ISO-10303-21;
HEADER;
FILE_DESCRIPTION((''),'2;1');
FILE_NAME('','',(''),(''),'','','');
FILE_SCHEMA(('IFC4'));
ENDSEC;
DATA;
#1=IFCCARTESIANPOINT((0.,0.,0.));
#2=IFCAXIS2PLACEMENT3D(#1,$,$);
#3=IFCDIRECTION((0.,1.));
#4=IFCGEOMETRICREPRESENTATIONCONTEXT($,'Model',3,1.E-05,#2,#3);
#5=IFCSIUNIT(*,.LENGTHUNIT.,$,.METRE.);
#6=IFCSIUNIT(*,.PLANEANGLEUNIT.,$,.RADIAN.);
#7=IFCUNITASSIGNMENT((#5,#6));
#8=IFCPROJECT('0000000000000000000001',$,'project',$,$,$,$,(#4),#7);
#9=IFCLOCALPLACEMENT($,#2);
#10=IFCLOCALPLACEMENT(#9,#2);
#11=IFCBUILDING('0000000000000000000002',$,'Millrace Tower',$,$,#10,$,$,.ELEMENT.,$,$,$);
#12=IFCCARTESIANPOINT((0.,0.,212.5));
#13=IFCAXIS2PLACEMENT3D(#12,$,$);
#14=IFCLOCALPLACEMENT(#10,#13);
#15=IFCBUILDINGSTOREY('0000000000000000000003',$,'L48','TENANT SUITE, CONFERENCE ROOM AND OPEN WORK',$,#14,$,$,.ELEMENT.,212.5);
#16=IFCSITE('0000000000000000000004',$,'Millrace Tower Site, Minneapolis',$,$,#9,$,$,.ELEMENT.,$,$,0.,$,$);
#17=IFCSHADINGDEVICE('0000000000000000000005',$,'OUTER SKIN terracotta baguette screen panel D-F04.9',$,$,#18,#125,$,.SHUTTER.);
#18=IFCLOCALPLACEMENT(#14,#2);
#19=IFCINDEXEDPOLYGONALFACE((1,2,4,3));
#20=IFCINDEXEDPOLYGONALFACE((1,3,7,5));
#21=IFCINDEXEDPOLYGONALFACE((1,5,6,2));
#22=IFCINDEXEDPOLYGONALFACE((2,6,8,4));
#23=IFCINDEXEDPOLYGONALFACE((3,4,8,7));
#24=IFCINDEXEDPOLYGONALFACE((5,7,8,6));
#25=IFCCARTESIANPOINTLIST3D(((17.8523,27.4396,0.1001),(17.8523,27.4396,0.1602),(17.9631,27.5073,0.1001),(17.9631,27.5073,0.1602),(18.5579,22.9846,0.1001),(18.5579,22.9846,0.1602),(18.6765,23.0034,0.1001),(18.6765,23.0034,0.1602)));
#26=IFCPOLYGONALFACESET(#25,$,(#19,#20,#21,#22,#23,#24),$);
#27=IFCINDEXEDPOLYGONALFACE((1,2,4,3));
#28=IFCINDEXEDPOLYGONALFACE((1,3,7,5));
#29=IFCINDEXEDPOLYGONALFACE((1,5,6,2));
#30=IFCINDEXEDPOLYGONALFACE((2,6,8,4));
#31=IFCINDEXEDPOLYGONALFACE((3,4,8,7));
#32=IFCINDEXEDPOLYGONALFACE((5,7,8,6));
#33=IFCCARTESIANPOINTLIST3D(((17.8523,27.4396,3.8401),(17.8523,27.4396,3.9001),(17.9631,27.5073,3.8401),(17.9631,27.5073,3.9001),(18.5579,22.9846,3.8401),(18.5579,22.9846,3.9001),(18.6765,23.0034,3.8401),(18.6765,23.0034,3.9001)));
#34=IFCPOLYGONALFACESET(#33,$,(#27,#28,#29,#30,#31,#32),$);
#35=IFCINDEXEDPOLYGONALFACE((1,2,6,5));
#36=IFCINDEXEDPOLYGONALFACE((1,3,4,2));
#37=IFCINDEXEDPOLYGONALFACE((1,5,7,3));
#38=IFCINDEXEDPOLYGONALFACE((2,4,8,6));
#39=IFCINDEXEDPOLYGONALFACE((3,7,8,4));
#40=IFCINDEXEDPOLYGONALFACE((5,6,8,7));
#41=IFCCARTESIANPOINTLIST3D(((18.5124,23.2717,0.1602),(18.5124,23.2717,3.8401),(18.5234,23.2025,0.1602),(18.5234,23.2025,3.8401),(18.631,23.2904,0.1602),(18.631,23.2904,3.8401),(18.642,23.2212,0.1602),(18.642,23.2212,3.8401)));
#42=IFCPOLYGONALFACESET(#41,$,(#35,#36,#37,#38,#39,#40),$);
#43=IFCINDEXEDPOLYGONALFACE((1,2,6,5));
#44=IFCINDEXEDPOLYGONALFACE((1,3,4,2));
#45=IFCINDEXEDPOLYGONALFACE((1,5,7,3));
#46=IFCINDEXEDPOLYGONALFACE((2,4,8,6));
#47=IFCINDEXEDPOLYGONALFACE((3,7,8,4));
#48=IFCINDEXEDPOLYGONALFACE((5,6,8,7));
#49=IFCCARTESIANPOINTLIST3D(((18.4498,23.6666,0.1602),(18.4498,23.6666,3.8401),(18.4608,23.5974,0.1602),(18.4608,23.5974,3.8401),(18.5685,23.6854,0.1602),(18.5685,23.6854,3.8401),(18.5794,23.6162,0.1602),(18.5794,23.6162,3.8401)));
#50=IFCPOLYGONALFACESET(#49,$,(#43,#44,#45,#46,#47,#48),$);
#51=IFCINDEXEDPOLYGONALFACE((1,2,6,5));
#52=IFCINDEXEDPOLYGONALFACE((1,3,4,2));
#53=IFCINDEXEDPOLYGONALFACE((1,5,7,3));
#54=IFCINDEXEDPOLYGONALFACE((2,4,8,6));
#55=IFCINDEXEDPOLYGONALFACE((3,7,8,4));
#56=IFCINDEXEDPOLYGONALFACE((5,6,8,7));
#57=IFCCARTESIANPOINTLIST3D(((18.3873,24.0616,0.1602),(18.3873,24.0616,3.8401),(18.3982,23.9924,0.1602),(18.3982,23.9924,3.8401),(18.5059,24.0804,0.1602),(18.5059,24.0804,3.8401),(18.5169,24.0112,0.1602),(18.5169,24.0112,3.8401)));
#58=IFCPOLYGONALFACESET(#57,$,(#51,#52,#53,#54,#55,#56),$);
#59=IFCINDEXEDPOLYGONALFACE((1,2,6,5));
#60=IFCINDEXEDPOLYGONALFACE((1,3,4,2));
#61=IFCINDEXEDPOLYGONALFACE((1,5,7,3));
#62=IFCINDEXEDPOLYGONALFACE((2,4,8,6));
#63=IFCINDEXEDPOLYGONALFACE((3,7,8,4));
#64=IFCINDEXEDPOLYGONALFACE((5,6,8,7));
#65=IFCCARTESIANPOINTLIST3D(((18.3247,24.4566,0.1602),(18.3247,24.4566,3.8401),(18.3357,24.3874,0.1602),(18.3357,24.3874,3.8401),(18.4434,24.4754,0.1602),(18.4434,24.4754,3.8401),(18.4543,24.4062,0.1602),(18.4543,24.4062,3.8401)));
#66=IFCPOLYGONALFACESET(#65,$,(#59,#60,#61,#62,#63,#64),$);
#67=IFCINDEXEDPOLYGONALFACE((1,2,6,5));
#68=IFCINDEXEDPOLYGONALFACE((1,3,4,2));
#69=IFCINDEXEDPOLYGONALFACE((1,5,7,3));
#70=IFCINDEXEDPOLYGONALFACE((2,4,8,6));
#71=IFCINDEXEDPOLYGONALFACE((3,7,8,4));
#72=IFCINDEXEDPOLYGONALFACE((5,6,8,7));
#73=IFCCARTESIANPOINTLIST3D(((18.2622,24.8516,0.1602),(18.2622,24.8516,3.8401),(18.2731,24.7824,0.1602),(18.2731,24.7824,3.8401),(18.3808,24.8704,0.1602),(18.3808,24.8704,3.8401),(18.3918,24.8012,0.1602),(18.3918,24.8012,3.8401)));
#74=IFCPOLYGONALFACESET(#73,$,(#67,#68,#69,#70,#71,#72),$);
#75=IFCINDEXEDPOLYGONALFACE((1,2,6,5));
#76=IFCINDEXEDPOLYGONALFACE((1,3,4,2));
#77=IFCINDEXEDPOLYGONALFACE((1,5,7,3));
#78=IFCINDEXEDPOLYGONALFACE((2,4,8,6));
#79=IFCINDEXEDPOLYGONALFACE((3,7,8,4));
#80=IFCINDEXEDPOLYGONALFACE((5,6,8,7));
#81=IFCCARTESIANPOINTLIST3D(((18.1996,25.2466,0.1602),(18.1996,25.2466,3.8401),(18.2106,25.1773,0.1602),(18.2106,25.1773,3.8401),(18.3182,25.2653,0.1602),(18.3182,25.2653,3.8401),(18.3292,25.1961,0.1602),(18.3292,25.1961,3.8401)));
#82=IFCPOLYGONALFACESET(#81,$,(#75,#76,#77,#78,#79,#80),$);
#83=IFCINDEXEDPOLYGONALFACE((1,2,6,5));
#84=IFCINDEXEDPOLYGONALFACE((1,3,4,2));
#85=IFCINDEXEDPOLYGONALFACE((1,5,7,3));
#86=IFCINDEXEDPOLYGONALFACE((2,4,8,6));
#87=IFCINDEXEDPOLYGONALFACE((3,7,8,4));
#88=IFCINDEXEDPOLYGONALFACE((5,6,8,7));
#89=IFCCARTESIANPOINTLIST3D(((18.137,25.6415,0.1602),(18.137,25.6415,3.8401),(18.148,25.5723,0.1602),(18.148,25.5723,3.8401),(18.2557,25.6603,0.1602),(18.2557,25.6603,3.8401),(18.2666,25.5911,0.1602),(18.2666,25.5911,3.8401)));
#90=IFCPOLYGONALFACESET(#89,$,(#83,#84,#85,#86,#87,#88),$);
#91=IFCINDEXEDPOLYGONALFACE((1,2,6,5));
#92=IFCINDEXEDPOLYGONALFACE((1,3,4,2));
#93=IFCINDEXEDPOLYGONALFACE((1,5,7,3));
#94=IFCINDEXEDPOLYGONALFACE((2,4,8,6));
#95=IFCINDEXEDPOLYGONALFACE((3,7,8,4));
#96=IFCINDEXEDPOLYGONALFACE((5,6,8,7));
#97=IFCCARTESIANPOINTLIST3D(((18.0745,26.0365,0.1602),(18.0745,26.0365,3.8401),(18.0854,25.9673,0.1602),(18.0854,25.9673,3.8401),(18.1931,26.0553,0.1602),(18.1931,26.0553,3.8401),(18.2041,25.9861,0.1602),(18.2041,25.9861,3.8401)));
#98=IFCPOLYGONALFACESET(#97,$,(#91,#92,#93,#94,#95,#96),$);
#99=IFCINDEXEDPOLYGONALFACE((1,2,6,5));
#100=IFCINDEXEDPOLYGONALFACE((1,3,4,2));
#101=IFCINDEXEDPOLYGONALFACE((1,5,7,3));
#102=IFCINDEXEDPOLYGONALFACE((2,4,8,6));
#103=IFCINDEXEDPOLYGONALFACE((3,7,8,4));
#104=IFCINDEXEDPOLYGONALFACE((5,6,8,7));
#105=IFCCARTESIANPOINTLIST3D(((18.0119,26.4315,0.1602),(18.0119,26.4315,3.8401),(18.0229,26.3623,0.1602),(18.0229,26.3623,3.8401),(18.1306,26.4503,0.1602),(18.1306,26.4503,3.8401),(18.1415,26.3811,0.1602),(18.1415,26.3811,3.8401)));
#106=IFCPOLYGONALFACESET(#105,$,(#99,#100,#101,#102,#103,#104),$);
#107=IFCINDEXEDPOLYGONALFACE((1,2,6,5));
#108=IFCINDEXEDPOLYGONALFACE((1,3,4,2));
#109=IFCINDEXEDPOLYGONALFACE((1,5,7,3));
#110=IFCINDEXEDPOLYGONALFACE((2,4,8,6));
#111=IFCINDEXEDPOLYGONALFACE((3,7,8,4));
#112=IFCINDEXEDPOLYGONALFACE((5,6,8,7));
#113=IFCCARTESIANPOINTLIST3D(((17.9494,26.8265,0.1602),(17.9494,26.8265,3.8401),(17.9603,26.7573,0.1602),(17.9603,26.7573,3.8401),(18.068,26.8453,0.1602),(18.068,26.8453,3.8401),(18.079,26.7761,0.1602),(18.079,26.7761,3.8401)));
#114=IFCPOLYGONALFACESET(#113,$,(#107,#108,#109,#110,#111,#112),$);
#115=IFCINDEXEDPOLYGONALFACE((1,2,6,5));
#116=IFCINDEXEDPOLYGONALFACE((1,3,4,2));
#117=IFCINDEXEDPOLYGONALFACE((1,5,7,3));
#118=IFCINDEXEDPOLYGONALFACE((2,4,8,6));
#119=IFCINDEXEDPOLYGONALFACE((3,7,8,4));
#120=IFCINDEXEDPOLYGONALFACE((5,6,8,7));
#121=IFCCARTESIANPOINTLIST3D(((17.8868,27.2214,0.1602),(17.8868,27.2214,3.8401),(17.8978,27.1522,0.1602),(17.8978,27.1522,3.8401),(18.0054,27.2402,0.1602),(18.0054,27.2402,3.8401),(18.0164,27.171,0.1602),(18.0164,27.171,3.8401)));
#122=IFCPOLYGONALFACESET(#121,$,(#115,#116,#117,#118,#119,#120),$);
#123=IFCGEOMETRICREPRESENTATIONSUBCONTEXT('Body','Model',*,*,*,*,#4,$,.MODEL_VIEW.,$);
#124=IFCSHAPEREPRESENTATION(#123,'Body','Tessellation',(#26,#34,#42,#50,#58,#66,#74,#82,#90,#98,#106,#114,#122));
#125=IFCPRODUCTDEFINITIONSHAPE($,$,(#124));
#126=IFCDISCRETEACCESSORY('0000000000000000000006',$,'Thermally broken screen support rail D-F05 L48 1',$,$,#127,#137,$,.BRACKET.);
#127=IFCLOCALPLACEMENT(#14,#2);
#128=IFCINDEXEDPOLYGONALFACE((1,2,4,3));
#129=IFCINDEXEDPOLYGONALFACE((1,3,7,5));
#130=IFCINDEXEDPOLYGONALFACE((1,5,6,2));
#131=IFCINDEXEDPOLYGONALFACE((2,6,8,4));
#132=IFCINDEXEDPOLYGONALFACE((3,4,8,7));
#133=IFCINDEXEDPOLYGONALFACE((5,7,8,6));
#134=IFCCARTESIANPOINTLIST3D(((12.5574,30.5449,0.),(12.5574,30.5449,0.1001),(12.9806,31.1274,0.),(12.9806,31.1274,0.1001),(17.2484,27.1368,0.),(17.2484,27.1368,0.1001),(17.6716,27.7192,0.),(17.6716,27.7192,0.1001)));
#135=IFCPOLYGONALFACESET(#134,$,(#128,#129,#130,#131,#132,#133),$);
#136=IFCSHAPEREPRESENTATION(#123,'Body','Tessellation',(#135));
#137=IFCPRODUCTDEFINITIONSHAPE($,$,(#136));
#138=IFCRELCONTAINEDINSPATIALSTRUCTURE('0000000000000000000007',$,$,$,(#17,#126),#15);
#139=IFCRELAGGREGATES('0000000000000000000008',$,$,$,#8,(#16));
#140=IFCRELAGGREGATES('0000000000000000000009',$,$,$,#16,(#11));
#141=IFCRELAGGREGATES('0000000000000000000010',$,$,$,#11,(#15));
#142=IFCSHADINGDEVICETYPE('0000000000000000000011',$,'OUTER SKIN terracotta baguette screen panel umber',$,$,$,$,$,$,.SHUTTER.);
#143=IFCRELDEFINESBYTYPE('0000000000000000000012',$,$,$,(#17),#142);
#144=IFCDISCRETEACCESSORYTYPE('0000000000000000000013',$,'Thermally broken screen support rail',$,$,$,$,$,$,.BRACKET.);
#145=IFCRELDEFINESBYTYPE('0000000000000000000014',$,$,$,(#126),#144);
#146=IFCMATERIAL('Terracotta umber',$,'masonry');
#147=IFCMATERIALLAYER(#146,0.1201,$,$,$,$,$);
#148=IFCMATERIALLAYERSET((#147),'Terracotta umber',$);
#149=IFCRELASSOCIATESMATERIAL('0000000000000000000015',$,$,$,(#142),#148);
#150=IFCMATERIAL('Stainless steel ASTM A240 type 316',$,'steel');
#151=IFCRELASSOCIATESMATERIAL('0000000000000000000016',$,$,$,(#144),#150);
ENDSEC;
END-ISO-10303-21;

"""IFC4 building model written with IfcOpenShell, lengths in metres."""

from ifc_helpers import new_model, entity, si_unit, direction, frame, frame_2d, origin, origin_2d, place, context, subcontext, project, spatial, rectangle, extrude, source, transform, mapped, material, layer, layer_set, type_object, element, save


model = new_model("IFC4")

# Units and contexts
model_context = context("Model", 3, precision=1e-05, world=origin(), true_north=direction((0.0, 1.0)))
body_context = subcontext(model_context, "Body", "Model", "MODEL_VIEW")
ifc_project = project(units=[si_unit("LENGTHUNIT", "METRE"), si_unit("PLANEANGLEUNIT", "RADIAN")], contexts=[model_context])

# Site, building, storey
site_placement = place(None, origin())
site = spatial("IfcSite", under=ifc_project, at=site_placement, Name="Millrace Tower Site, Minneapolis", CompositionType="ELEMENT", RefElevation=0.0)
building_placement = place(site_placement, origin())
building = spatial("IfcBuilding", under=site, at=building_placement, Name="Millrace Tower", CompositionType="ELEMENT")
storey_placement = place(building_placement, frame((0.0, 0.0, 212.5)))
storey = spatial("IfcBuildingStorey", under=building, at=storey_placement, Name="L48", Description="TENANT SUITE, CONFERENCE ROOM AND OPEN WORK", CompositionType="ELEMENT", Elevation=212.5)

# Shading device
ifc_material_1 = material(Name="Terracotta umber", Category="masonry")
ifc_layer_1 = layer(ifc_material_1, 0.1201)
ifc_layer_set_1 = layer_set([ifc_layer_1], Name="Terracotta umber")
shading_device_type = type_object("IfcShadingDeviceType", Name="OUTER SKIN terracotta baguette screen panel umber", PredefinedType="SHUTTER", material=ifc_layer_set_1)
cartesian_point_1 = entity("IfcCartesianPoint", [-2.2676, 0.0601])
shared_polyline_1 = entity("IfcPolyline", [cartesian_point_1, entity("IfcCartesianPoint", [2.2429, 0.0601]), entity("IfcCartesianPoint", [2.2925, -0.0601]), entity("IfcCartesianPoint", [-2.2676, -0.0601]), cartesian_point_1])
shared_shape_1 = source(origin(), body_context, "Body", "SweptSolid", [
    entity("IfcExtrudedAreaSolid", entity("IfcArbitraryClosedProfileDef", "AREA", None, shared_polyline_1), entity("IfcAxis2Placement3D", entity("IfcCartesianPoint", [0.0, 0.0, 0.0])), entity("IfcDirection", [0.0, 0.0, 1.0]), 0.0601),
    entity("IfcExtrudedAreaSolid", entity("IfcArbitraryClosedProfileDef", "AREA", None, shared_polyline_1), entity("IfcAxis2Placement3D", entity("IfcCartesianPoint", [0.0, 0.0, 3.74])), entity("IfcDirection", [0.0, 0.0, 1.0]), 0.0601),
    extrude(rectangle(XDim=0.0701, YDim=0.1201, at=frame_2d((-2.012, 0.0))), frame((0.0, 0.0, 0.0601)), (0.0, 0.0, 1.0), 3.6799),
    extrude(rectangle(XDim=0.0701, YDim=0.1201, at=frame_2d((-1.6121, 0.0))), frame((0.0, 0.0, 0.0601)), (0.0, 0.0, 1.0), 3.6799),
    extrude(rectangle(XDim=0.0701, YDim=0.1201, at=frame_2d((-1.2122, 0.0))), frame((0.0, 0.0, 0.0601)), (0.0, 0.0, 1.0), 3.6799),
    extrude(rectangle(XDim=0.0701, YDim=0.1201, at=frame_2d((-0.8123, 0.0))), frame((0.0, 0.0, 0.0601)), (0.0, 0.0, 1.0), 3.6799),
    extrude(rectangle(XDim=0.0701, YDim=0.1201, at=frame_2d((-0.4124, 0.0))), frame((0.0, 0.0, 0.0601)), (0.0, 0.0, 1.0), 3.6799),
    extrude(rectangle(XDim=0.0701, YDim=0.1201, at=frame_2d((-0.0125, 0.0))), frame((0.0, 0.0, 0.0601)), (0.0, 0.0, 1.0), 3.6799),
    extrude(rectangle(XDim=0.0701, YDim=0.1201, at=frame_2d((0.3875, 0.0))), frame((0.0, 0.0, 0.0601)), (0.0, 0.0, 1.0), 3.6799),
    extrude(rectangle(XDim=0.0701, YDim=0.1201, at=frame_2d((0.7874, 0.0))), frame((0.0, 0.0, 0.0601)), (0.0, 0.0, 1.0), 3.6799),
    extrude(rectangle(XDim=0.0701, YDim=0.1201, at=frame_2d((1.1873, 0.0))), frame((0.0, 0.0, 0.0601)), (0.0, 0.0, 1.0), 3.6799),
    extrude(rectangle(XDim=0.0701, YDim=0.1201, at=frame_2d((1.5872, 0.0))), frame((0.0, 0.0, 0.0601)), (0.0, 0.0, 1.0), 3.6799),
    extrude(rectangle(XDim=0.0701, YDim=0.1201, at=frame_2d((1.9871, 0.0))), frame((0.0, 0.0, 0.0601)), (0.0, 0.0, 1.0), 3.6799),
])
shading_device_1_placement = place(storey_placement, frame((18.2625, 25.2336, 0.1001), z_axis=(0.0, 0.0, 1.0), x_axis=(-0.156434, 0.987688, 0.0)))
element("IfcShadingDevice", 1, at=shading_device_1_placement, inside=storey, type_object=shading_device_type, Name="OUTER SKIN terracotta baguette screen panel D-F04.9", PredefinedType="SHUTTER", context=body_context, shape_type="MappedRepresentation", body=[
    mapped(shared_shape_1, transform((0.0, 0.0, 0.0), scale=1.0)),
])

# Discrete accessory
ifc_material_2 = material(Name="Stainless steel ASTM A240 type 316", Category="steel")
discrete_accessory_type = type_object("IfcDiscreteAccessoryType", Name="Thermally broken screen support rail", PredefinedType="BRACKET", material=ifc_material_2)
discrete_accessory_placement = place(storey_placement, frame((15.1145, 29.1321, 0.0), z_axis=(0.0, 0.0, 1.0), x_axis=(-0.809017, 0.587785, 0.0)))
element("IfcDiscreteAccessory", 2, at=discrete_accessory_placement, inside=storey, type_object=discrete_accessory_type, Name="Thermally broken screen support rail D-F05 L48 1", PredefinedType="BRACKET", context=body_context, shape_type="SweptSolid", body=[
    extrude(rectangle(XDim=5.7983, YDim=0.72, at=origin_2d()), origin(), (0.0, 0.0, 1.0), 0.1001),
])

save(model, "model.ifc")
